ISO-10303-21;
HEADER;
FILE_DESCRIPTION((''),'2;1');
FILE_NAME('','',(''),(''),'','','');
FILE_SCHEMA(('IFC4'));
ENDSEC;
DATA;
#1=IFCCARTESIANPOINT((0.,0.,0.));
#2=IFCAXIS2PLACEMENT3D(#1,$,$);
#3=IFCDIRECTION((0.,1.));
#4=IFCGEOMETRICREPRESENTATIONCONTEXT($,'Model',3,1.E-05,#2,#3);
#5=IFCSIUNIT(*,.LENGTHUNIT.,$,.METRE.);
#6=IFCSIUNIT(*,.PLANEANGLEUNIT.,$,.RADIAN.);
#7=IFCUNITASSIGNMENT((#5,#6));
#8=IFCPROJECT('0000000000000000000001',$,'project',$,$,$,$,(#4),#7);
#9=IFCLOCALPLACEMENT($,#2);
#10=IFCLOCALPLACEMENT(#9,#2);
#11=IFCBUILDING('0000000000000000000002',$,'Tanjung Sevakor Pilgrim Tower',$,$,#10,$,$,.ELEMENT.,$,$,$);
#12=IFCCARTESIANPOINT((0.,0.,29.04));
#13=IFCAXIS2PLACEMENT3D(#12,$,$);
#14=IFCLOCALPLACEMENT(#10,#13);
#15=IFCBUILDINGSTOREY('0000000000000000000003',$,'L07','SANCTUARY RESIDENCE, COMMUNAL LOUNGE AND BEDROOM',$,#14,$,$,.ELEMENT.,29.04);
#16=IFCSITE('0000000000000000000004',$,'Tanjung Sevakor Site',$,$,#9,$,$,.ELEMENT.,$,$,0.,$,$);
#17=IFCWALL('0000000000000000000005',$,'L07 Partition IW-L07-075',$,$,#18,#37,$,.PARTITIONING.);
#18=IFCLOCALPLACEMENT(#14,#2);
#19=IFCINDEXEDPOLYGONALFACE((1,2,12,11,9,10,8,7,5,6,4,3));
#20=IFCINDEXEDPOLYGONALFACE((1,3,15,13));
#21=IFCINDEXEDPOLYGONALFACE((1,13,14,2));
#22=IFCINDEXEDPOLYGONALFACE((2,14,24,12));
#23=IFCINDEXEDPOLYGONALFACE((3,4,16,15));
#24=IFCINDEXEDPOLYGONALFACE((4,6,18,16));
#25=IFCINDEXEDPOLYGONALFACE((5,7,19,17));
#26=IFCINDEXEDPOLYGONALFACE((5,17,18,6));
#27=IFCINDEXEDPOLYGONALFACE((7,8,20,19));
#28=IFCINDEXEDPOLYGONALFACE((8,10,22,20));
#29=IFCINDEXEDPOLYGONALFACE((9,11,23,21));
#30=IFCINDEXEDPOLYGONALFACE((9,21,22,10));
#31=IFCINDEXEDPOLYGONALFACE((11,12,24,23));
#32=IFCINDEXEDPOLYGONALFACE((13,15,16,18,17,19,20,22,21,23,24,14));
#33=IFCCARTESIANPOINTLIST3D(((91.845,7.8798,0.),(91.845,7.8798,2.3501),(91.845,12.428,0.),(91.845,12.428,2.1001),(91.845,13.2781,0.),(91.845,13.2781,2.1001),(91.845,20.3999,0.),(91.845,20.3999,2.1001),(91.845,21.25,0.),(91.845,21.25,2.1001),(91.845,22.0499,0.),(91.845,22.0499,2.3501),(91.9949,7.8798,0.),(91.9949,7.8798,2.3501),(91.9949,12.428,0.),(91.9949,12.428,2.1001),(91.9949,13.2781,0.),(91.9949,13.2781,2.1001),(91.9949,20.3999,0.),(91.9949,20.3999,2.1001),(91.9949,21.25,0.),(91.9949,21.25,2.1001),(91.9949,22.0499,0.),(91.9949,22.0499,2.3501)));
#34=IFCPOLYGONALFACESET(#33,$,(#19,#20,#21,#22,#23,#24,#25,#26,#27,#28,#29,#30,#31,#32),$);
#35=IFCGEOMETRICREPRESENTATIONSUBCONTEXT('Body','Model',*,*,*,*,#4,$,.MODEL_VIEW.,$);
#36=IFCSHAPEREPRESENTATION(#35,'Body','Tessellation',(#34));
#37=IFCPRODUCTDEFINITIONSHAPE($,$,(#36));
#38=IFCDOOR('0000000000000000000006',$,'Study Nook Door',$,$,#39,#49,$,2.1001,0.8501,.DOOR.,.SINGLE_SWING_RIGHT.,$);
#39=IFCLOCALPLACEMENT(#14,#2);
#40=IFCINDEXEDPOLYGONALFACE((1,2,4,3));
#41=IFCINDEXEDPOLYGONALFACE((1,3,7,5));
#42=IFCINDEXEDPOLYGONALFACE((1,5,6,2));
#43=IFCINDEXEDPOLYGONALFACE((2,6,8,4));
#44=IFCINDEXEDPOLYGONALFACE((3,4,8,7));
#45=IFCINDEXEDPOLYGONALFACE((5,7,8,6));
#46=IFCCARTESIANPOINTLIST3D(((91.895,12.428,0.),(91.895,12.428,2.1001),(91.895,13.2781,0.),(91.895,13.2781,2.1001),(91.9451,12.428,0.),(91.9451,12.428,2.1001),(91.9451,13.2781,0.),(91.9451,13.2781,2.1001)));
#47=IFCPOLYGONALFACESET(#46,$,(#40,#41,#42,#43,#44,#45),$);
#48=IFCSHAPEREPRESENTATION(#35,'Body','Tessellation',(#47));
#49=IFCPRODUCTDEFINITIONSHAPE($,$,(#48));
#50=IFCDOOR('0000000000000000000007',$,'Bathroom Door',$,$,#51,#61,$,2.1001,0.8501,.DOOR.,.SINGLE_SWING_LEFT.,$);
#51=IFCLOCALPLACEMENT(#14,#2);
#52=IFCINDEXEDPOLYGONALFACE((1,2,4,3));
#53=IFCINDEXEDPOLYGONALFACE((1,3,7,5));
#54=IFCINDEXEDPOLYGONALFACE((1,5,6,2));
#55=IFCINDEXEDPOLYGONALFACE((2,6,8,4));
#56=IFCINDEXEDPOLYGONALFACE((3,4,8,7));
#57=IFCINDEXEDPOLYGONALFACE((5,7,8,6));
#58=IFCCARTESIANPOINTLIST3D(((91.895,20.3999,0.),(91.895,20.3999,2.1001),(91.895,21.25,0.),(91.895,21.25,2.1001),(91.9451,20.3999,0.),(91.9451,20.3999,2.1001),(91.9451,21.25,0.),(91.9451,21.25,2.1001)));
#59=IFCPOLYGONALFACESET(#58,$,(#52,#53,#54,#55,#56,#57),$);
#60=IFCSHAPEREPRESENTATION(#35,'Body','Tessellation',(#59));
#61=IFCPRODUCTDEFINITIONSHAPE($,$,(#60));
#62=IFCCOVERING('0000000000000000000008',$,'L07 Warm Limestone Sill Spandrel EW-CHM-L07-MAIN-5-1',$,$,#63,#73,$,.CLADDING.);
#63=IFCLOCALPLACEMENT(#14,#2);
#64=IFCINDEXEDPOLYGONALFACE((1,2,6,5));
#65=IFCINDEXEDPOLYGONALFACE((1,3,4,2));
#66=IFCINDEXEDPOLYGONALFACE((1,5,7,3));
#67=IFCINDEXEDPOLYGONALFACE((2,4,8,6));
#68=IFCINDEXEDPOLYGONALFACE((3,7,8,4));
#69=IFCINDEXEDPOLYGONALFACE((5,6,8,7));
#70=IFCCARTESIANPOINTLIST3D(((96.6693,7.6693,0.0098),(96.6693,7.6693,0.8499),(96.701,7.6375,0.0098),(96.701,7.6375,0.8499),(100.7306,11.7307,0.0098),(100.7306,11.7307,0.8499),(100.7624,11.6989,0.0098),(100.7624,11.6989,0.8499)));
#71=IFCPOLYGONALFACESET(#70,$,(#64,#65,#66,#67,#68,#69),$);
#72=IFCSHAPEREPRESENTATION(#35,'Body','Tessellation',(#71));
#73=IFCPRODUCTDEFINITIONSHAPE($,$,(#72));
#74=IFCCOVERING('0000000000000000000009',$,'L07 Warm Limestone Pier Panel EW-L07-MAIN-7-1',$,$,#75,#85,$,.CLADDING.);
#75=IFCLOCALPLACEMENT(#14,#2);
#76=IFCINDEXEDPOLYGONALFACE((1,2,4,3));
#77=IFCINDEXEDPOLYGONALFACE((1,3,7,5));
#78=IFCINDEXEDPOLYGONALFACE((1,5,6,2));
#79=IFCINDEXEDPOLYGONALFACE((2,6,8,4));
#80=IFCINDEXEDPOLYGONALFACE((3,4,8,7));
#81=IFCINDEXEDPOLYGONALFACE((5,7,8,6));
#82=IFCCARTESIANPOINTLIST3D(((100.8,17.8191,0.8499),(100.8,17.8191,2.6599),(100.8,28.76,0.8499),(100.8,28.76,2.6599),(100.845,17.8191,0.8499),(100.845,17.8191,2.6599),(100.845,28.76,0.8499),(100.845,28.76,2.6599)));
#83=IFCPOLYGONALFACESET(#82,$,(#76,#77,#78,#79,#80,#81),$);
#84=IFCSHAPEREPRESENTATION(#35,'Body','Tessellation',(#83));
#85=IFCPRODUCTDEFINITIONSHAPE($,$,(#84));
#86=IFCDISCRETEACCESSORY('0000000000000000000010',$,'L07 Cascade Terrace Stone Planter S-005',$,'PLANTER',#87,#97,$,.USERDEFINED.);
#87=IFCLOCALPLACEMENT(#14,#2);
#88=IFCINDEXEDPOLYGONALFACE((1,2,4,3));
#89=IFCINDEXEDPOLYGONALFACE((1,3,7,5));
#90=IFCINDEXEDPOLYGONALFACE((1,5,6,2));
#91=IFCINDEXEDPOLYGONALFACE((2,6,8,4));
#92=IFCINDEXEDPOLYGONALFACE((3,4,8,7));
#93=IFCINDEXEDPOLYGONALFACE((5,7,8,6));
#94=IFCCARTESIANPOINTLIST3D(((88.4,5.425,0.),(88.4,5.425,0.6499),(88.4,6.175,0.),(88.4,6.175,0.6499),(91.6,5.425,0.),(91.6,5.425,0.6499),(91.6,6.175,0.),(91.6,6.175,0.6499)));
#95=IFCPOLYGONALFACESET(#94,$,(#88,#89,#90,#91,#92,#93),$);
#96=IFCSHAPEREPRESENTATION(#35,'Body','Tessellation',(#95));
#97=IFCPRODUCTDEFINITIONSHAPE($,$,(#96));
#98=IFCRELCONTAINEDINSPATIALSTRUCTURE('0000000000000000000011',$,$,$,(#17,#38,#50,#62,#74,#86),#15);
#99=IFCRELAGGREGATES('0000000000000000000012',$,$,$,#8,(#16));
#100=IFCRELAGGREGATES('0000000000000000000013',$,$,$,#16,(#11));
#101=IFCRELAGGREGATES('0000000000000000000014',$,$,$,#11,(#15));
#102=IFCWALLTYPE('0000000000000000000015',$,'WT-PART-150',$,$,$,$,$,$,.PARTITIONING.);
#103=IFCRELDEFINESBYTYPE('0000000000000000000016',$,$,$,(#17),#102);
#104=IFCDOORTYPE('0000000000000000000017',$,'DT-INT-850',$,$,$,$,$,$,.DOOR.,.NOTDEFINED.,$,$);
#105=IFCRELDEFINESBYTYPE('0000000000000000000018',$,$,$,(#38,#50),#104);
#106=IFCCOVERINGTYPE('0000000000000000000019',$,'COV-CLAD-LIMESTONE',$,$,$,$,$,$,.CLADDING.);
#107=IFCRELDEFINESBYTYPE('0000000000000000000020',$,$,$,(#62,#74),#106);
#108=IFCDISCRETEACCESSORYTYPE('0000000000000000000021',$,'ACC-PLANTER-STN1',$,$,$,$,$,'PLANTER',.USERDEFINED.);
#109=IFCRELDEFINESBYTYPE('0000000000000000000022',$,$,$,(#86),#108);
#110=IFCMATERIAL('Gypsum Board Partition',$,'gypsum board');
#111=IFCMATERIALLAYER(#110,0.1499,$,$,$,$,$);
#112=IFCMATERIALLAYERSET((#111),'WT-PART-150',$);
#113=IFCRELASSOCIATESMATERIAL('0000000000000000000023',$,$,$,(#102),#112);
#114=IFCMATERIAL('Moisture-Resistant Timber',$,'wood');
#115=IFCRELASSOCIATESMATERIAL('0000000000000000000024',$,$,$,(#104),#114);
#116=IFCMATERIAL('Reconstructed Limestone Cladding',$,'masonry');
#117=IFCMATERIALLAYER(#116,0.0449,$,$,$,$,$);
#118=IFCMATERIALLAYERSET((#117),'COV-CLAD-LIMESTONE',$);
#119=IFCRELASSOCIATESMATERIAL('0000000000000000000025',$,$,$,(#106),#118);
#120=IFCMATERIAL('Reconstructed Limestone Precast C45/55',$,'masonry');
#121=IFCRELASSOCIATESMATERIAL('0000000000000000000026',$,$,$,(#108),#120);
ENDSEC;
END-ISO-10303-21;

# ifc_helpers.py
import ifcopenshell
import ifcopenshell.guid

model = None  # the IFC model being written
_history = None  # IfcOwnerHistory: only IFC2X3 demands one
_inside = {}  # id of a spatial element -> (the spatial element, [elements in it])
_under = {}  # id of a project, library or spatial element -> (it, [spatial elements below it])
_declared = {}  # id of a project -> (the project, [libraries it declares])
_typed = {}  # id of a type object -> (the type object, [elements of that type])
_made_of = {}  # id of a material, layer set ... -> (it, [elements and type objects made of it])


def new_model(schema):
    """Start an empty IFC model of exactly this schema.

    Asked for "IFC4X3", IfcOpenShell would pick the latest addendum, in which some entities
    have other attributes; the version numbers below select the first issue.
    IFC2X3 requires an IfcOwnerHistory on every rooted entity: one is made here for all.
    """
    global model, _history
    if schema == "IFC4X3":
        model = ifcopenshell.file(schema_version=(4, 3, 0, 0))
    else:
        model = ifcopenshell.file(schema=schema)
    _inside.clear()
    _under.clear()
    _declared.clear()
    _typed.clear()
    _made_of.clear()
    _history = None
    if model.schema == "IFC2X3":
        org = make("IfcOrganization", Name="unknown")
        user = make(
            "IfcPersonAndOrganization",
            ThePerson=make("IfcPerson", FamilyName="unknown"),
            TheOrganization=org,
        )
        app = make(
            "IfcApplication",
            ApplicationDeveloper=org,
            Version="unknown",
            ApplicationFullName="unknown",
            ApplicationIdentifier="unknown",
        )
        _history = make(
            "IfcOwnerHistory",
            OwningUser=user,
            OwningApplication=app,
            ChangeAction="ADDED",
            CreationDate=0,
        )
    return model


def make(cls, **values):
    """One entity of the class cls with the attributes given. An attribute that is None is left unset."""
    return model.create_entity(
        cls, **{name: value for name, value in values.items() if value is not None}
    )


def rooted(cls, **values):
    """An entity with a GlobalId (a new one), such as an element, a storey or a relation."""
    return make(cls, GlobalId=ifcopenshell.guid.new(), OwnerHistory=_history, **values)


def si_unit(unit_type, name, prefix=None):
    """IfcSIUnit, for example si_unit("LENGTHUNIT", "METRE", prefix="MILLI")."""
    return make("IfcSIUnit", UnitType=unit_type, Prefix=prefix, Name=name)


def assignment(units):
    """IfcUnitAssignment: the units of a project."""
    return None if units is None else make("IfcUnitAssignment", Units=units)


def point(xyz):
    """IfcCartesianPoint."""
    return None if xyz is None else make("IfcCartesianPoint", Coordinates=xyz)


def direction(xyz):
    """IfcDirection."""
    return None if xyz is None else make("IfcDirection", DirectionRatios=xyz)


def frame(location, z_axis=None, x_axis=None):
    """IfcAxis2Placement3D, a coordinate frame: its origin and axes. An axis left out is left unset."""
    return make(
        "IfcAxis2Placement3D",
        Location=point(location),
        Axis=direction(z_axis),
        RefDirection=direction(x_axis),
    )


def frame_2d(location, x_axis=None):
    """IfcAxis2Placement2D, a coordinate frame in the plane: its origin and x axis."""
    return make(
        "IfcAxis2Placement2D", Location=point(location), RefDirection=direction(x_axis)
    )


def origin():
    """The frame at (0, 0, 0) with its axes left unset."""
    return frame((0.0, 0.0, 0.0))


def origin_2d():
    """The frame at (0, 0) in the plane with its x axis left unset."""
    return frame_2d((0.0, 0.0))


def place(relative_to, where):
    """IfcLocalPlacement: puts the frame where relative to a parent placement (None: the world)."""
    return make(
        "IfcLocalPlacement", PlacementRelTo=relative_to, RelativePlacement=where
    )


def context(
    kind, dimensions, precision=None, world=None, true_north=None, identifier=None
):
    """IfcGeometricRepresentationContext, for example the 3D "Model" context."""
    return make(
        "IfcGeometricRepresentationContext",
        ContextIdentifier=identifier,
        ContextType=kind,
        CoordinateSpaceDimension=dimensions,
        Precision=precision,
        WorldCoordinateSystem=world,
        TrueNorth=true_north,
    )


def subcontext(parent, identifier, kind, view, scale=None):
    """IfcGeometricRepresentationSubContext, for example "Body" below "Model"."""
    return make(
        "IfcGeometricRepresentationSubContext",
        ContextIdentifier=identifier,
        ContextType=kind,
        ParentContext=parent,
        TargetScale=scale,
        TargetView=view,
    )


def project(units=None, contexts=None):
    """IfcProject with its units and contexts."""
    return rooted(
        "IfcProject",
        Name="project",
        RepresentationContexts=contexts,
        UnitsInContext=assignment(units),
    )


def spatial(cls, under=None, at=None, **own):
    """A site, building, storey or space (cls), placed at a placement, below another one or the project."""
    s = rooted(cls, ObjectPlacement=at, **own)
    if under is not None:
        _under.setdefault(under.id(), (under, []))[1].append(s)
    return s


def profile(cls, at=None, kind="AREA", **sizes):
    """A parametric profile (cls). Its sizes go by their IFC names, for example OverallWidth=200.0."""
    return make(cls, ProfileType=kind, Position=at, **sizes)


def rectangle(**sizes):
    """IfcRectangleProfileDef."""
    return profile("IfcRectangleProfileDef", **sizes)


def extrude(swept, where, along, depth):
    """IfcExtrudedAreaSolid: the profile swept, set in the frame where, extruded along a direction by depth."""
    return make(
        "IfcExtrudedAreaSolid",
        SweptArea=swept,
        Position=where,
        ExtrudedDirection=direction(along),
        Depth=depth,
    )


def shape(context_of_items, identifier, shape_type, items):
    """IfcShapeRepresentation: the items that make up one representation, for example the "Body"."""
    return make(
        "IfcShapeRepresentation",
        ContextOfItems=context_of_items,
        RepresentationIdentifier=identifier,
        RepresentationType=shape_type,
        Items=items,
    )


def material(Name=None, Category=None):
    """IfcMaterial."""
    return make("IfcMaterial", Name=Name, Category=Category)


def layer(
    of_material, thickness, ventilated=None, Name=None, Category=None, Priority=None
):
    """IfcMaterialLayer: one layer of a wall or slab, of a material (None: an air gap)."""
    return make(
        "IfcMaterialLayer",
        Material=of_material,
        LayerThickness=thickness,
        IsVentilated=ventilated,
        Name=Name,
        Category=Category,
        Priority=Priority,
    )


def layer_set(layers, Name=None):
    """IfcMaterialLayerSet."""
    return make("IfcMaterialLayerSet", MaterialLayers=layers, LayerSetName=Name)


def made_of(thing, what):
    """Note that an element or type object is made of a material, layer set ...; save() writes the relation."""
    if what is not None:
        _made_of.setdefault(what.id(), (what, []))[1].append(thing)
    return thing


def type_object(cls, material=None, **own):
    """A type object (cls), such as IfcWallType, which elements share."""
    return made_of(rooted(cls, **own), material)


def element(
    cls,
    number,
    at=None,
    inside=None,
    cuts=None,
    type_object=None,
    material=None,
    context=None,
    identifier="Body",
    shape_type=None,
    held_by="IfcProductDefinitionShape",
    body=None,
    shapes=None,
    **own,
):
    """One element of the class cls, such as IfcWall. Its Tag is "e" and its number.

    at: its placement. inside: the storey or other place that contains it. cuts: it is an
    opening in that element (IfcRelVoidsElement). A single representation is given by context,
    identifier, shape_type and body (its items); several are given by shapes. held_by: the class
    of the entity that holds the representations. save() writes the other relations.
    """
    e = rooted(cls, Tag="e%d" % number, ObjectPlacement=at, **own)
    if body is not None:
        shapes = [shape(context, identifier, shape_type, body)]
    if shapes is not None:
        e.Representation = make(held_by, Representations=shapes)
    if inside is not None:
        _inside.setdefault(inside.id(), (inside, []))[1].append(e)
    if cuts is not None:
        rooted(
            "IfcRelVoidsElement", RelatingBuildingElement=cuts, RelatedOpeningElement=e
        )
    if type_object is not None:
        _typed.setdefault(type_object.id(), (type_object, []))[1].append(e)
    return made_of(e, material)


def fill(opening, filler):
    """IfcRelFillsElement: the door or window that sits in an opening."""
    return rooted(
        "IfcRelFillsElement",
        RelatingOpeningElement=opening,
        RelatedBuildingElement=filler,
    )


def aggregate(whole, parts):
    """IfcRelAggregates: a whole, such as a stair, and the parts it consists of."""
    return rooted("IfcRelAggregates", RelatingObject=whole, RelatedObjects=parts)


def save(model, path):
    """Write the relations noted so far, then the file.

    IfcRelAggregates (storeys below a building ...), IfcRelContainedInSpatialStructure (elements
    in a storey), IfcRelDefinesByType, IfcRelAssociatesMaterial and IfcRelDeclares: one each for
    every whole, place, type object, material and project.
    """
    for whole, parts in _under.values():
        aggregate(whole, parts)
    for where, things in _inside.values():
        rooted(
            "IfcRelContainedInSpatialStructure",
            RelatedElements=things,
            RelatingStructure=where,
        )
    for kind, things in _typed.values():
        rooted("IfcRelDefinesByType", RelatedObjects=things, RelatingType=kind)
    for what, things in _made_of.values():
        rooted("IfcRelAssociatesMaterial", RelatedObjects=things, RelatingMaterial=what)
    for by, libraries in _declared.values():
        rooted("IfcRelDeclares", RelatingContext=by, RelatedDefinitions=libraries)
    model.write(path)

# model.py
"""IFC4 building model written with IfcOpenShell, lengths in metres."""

from ifc_helpers import new_model, si_unit, direction, frame, frame_2d, origin, origin_2d, place, context, subcontext, project, spatial, rectangle, extrude, material, layer, layer_set, type_object, element, fill, save


model = new_model("IFC4")

# Units and contexts
model_context = context("Model", 3, precision=1e-05, world=origin(), true_north=direction((0.0, 1.0)))
body_context = subcontext(model_context, "Body", "Model", "MODEL_VIEW")
ifc_project = project(units=[si_unit("LENGTHUNIT", "METRE"), si_unit("PLANEANGLEUNIT", "RADIAN")], contexts=[model_context])

# Site, building, storey
site_placement = place(None, origin())
site = spatial("IfcSite", under=ifc_project, at=site_placement, Name="Tanjung Sevakor Site", CompositionType="ELEMENT", RefElevation=0.0)
building_placement = place(site_placement, origin())
building = spatial("IfcBuilding", under=site, at=building_placement, Name="Tanjung Sevakor Pilgrim Tower", CompositionType="ELEMENT")
storey_placement = place(building_placement, frame((0.0, 0.0, 29.04)))
storey = spatial("IfcBuildingStorey", under=building, at=storey_placement, Name="L07", Description="SANCTUARY RESIDENCE, COMMUNAL LOUNGE AND BEDROOM", CompositionType="ELEMENT", Elevation=29.04)

# Wall, openings, doors
ifc_material_1 = material(Name="Gypsum Board Partition", Category="gypsum board")
ifc_layer_1 = layer(ifc_material_1, 0.1499)
ifc_layer_set_1 = layer_set([ifc_layer_1], Name="WT-PART-150")
wall_type_1 = type_object("IfcWallType", Name="WT-PART-150", PredefinedType="PARTITIONING", material=ifc_layer_set_1)
wall_1_placement = place(storey_placement, frame((91.9199, 7.8799, 0.0), z_axis=(0.0, 0.0, 1.0), x_axis=(0.0, 1.0, 0.0)))
wall_1 = element("IfcWall", 1, at=wall_1_placement, inside=storey, type_object=wall_type_1, Name="L07 Partition IW-L07-075", PredefinedType="PARTITIONING", context=body_context, shape_type="SweptSolid", body=[
    extrude(rectangle(XDim=14.1702, YDim=0.1499, at=frame_2d((7.085, 0.0))), origin(), (0.0, 0.0, 1.0), 2.3501),
])
opening_1_placement = place(wall_1_placement, frame((4.5481, 0.0, 0.0)))
opening_1 = element("IfcOpeningElement", 2, at=opening_1_placement, cuts=wall_1, PredefinedType="OPENING", context=body_context, shape_type="SweptSolid", body=[
    extrude(rectangle(XDim=0.8501, YDim=2.1001, at=frame_2d((0.425, 1.05))), frame((0.0, 0.085, 0.0), z_axis=(0.0, -1.0, 0.0), x_axis=(1.0, 0.0, 0.0)), (0.0, 0.0, 1.0), 0.1699),
])
opening_2_placement = place(wall_1_placement, frame((12.52, 0.0, 0.0)))
opening_2 = element("IfcOpeningElement", 3, at=opening_2_placement, cuts=wall_1, PredefinedType="OPENING", context=body_context, shape_type="SweptSolid", body=[
    extrude(rectangle(XDim=0.8501, YDim=2.1001, at=frame_2d((0.425, 1.05))), frame((0.0, 0.085, 0.0), z_axis=(0.0, -1.0, 0.0), x_axis=(1.0, 0.0, 0.0)), (0.0, 0.0, 1.0), 0.1699),
])
ifc_material_2 = material(Name="Moisture-Resistant Timber", Category="wood")
door_type = type_object("IfcDoorType", Name="DT-INT-850", OperationType="NOTDEFINED", PredefinedType="DOOR", material=ifc_material_2)
door_1_placement = place(opening_1_placement, origin())
door_1 = element("IfcDoor", 4, at=door_1_placement, inside=storey, type_object=door_type, Name="Study Nook Door", OperationType="SINGLE_SWING_RIGHT", OverallHeight=2.1001, OverallWidth=0.8501, PredefinedType="DOOR", context=body_context, shape_type="SweptSolid", body=[
    extrude(rectangle(XDim=0.8501, YDim=2.1001, at=frame_2d((0.425, 1.05))), frame((0.0, 0.0249, 0.0), z_axis=(0.0, -1.0, 0.0), x_axis=(1.0, 0.0, 0.0)), (0.0, 0.0, 1.0), 0.05),
])
fill(opening_1, door_1)
door_2_placement = place(opening_2_placement, origin())
door_2 = element("IfcDoor", 5, at=door_2_placement, inside=storey, type_object=door_type, Name="Bathroom Door", OperationType="SINGLE_SWING_LEFT", OverallHeight=2.1001, OverallWidth=0.8501, PredefinedType="DOOR", context=body_context, shape_type="SweptSolid", body=[
    extrude(rectangle(XDim=0.8501, YDim=2.1001, at=frame_2d((0.425, 1.05))), frame((0.0, 0.0249, 0.0), z_axis=(0.0, -1.0, 0.0), x_axis=(1.0, 0.0, 0.0)), (0.0, 0.0, 1.0), 0.05),
])
fill(opening_2, door_2)

# Coverings
ifc_material_3 = material(Name="Reconstructed Limestone Cladding", Category="masonry")
ifc_layer_2 = layer(ifc_material_3, 0.0449)
ifc_layer_set_2 = layer_set([ifc_layer_2], Name="COV-CLAD-LIMESTONE")
covering_type = type_object("IfcCoveringType", Name="COV-CLAD-LIMESTONE", PredefinedType="CLADDING", material=ifc_layer_set_2)
covering_1_placement = place(storey_placement, frame((98.7158, 9.6841, 0.0098), z_axis=(0.0, 0.0, 1.0), x_axis=(0.707107, 0.707107, 0.0)))
element("IfcCovering", 6, at=covering_1_placement, inside=storey, type_object=covering_type, Name="L07 Warm Limestone Sill Spandrel EW-CHM-L07-MAIN-5-1", PredefinedType="CLADDING", context=body_context, shape_type="SweptSolid", body=[
    extrude(rectangle(XDim=5.7437, YDim=0.0449, at=origin_2d()), origin(), (0.0, 0.0, 1.0), 0.8401),
])
covering_2_placement = place(storey_placement, frame((100.8225, 23.2896, 0.8499), z_axis=(0.0, 0.0, 1.0), x_axis=(0.0, 1.0, 0.0)))
element("IfcCovering", 7, at=covering_2_placement, inside=storey, type_object=covering_type, Name="L07 Warm Limestone Pier Panel EW-L07-MAIN-7-1", PredefinedType="CLADDING", context=body_context, shape_type="SweptSolid", body=[
    extrude(rectangle(XDim=10.9409, YDim=0.0449, at=origin_2d()), origin(), (0.0, 0.0, 1.0), 1.8101),
])

# Discrete accessory
ifc_material_4 = material(Name="Reconstructed Limestone Precast C45/55", Category="masonry")
discrete_accessory_type = type_object("IfcDiscreteAccessoryType", Name="ACC-PLANTER-STN1", ElementType="PLANTER", PredefinedType="USERDEFINED", material=ifc_material_4)
discrete_accessory_placement = place(storey_placement, frame((90.0, 5.8, 0.0), z_axis=(0.0, 0.0, 1.0), x_axis=(1.0, 0.0, 0.0)))
element("IfcDiscreteAccessory", 8, at=discrete_accessory_placement, inside=storey, type_object=discrete_accessory_type, Name="L07 Cascade Terrace Stone Planter S-005", ObjectType="PLANTER", PredefinedType="USERDEFINED", context=body_context, shape_type="SweptSolid", body=[
    extrude(rectangle(XDim=3.2, YDim=0.75, at=origin_2d()), origin(), (0.0, 0.0, 1.0), 0.6499),
])

save(model, "model.ifc")
